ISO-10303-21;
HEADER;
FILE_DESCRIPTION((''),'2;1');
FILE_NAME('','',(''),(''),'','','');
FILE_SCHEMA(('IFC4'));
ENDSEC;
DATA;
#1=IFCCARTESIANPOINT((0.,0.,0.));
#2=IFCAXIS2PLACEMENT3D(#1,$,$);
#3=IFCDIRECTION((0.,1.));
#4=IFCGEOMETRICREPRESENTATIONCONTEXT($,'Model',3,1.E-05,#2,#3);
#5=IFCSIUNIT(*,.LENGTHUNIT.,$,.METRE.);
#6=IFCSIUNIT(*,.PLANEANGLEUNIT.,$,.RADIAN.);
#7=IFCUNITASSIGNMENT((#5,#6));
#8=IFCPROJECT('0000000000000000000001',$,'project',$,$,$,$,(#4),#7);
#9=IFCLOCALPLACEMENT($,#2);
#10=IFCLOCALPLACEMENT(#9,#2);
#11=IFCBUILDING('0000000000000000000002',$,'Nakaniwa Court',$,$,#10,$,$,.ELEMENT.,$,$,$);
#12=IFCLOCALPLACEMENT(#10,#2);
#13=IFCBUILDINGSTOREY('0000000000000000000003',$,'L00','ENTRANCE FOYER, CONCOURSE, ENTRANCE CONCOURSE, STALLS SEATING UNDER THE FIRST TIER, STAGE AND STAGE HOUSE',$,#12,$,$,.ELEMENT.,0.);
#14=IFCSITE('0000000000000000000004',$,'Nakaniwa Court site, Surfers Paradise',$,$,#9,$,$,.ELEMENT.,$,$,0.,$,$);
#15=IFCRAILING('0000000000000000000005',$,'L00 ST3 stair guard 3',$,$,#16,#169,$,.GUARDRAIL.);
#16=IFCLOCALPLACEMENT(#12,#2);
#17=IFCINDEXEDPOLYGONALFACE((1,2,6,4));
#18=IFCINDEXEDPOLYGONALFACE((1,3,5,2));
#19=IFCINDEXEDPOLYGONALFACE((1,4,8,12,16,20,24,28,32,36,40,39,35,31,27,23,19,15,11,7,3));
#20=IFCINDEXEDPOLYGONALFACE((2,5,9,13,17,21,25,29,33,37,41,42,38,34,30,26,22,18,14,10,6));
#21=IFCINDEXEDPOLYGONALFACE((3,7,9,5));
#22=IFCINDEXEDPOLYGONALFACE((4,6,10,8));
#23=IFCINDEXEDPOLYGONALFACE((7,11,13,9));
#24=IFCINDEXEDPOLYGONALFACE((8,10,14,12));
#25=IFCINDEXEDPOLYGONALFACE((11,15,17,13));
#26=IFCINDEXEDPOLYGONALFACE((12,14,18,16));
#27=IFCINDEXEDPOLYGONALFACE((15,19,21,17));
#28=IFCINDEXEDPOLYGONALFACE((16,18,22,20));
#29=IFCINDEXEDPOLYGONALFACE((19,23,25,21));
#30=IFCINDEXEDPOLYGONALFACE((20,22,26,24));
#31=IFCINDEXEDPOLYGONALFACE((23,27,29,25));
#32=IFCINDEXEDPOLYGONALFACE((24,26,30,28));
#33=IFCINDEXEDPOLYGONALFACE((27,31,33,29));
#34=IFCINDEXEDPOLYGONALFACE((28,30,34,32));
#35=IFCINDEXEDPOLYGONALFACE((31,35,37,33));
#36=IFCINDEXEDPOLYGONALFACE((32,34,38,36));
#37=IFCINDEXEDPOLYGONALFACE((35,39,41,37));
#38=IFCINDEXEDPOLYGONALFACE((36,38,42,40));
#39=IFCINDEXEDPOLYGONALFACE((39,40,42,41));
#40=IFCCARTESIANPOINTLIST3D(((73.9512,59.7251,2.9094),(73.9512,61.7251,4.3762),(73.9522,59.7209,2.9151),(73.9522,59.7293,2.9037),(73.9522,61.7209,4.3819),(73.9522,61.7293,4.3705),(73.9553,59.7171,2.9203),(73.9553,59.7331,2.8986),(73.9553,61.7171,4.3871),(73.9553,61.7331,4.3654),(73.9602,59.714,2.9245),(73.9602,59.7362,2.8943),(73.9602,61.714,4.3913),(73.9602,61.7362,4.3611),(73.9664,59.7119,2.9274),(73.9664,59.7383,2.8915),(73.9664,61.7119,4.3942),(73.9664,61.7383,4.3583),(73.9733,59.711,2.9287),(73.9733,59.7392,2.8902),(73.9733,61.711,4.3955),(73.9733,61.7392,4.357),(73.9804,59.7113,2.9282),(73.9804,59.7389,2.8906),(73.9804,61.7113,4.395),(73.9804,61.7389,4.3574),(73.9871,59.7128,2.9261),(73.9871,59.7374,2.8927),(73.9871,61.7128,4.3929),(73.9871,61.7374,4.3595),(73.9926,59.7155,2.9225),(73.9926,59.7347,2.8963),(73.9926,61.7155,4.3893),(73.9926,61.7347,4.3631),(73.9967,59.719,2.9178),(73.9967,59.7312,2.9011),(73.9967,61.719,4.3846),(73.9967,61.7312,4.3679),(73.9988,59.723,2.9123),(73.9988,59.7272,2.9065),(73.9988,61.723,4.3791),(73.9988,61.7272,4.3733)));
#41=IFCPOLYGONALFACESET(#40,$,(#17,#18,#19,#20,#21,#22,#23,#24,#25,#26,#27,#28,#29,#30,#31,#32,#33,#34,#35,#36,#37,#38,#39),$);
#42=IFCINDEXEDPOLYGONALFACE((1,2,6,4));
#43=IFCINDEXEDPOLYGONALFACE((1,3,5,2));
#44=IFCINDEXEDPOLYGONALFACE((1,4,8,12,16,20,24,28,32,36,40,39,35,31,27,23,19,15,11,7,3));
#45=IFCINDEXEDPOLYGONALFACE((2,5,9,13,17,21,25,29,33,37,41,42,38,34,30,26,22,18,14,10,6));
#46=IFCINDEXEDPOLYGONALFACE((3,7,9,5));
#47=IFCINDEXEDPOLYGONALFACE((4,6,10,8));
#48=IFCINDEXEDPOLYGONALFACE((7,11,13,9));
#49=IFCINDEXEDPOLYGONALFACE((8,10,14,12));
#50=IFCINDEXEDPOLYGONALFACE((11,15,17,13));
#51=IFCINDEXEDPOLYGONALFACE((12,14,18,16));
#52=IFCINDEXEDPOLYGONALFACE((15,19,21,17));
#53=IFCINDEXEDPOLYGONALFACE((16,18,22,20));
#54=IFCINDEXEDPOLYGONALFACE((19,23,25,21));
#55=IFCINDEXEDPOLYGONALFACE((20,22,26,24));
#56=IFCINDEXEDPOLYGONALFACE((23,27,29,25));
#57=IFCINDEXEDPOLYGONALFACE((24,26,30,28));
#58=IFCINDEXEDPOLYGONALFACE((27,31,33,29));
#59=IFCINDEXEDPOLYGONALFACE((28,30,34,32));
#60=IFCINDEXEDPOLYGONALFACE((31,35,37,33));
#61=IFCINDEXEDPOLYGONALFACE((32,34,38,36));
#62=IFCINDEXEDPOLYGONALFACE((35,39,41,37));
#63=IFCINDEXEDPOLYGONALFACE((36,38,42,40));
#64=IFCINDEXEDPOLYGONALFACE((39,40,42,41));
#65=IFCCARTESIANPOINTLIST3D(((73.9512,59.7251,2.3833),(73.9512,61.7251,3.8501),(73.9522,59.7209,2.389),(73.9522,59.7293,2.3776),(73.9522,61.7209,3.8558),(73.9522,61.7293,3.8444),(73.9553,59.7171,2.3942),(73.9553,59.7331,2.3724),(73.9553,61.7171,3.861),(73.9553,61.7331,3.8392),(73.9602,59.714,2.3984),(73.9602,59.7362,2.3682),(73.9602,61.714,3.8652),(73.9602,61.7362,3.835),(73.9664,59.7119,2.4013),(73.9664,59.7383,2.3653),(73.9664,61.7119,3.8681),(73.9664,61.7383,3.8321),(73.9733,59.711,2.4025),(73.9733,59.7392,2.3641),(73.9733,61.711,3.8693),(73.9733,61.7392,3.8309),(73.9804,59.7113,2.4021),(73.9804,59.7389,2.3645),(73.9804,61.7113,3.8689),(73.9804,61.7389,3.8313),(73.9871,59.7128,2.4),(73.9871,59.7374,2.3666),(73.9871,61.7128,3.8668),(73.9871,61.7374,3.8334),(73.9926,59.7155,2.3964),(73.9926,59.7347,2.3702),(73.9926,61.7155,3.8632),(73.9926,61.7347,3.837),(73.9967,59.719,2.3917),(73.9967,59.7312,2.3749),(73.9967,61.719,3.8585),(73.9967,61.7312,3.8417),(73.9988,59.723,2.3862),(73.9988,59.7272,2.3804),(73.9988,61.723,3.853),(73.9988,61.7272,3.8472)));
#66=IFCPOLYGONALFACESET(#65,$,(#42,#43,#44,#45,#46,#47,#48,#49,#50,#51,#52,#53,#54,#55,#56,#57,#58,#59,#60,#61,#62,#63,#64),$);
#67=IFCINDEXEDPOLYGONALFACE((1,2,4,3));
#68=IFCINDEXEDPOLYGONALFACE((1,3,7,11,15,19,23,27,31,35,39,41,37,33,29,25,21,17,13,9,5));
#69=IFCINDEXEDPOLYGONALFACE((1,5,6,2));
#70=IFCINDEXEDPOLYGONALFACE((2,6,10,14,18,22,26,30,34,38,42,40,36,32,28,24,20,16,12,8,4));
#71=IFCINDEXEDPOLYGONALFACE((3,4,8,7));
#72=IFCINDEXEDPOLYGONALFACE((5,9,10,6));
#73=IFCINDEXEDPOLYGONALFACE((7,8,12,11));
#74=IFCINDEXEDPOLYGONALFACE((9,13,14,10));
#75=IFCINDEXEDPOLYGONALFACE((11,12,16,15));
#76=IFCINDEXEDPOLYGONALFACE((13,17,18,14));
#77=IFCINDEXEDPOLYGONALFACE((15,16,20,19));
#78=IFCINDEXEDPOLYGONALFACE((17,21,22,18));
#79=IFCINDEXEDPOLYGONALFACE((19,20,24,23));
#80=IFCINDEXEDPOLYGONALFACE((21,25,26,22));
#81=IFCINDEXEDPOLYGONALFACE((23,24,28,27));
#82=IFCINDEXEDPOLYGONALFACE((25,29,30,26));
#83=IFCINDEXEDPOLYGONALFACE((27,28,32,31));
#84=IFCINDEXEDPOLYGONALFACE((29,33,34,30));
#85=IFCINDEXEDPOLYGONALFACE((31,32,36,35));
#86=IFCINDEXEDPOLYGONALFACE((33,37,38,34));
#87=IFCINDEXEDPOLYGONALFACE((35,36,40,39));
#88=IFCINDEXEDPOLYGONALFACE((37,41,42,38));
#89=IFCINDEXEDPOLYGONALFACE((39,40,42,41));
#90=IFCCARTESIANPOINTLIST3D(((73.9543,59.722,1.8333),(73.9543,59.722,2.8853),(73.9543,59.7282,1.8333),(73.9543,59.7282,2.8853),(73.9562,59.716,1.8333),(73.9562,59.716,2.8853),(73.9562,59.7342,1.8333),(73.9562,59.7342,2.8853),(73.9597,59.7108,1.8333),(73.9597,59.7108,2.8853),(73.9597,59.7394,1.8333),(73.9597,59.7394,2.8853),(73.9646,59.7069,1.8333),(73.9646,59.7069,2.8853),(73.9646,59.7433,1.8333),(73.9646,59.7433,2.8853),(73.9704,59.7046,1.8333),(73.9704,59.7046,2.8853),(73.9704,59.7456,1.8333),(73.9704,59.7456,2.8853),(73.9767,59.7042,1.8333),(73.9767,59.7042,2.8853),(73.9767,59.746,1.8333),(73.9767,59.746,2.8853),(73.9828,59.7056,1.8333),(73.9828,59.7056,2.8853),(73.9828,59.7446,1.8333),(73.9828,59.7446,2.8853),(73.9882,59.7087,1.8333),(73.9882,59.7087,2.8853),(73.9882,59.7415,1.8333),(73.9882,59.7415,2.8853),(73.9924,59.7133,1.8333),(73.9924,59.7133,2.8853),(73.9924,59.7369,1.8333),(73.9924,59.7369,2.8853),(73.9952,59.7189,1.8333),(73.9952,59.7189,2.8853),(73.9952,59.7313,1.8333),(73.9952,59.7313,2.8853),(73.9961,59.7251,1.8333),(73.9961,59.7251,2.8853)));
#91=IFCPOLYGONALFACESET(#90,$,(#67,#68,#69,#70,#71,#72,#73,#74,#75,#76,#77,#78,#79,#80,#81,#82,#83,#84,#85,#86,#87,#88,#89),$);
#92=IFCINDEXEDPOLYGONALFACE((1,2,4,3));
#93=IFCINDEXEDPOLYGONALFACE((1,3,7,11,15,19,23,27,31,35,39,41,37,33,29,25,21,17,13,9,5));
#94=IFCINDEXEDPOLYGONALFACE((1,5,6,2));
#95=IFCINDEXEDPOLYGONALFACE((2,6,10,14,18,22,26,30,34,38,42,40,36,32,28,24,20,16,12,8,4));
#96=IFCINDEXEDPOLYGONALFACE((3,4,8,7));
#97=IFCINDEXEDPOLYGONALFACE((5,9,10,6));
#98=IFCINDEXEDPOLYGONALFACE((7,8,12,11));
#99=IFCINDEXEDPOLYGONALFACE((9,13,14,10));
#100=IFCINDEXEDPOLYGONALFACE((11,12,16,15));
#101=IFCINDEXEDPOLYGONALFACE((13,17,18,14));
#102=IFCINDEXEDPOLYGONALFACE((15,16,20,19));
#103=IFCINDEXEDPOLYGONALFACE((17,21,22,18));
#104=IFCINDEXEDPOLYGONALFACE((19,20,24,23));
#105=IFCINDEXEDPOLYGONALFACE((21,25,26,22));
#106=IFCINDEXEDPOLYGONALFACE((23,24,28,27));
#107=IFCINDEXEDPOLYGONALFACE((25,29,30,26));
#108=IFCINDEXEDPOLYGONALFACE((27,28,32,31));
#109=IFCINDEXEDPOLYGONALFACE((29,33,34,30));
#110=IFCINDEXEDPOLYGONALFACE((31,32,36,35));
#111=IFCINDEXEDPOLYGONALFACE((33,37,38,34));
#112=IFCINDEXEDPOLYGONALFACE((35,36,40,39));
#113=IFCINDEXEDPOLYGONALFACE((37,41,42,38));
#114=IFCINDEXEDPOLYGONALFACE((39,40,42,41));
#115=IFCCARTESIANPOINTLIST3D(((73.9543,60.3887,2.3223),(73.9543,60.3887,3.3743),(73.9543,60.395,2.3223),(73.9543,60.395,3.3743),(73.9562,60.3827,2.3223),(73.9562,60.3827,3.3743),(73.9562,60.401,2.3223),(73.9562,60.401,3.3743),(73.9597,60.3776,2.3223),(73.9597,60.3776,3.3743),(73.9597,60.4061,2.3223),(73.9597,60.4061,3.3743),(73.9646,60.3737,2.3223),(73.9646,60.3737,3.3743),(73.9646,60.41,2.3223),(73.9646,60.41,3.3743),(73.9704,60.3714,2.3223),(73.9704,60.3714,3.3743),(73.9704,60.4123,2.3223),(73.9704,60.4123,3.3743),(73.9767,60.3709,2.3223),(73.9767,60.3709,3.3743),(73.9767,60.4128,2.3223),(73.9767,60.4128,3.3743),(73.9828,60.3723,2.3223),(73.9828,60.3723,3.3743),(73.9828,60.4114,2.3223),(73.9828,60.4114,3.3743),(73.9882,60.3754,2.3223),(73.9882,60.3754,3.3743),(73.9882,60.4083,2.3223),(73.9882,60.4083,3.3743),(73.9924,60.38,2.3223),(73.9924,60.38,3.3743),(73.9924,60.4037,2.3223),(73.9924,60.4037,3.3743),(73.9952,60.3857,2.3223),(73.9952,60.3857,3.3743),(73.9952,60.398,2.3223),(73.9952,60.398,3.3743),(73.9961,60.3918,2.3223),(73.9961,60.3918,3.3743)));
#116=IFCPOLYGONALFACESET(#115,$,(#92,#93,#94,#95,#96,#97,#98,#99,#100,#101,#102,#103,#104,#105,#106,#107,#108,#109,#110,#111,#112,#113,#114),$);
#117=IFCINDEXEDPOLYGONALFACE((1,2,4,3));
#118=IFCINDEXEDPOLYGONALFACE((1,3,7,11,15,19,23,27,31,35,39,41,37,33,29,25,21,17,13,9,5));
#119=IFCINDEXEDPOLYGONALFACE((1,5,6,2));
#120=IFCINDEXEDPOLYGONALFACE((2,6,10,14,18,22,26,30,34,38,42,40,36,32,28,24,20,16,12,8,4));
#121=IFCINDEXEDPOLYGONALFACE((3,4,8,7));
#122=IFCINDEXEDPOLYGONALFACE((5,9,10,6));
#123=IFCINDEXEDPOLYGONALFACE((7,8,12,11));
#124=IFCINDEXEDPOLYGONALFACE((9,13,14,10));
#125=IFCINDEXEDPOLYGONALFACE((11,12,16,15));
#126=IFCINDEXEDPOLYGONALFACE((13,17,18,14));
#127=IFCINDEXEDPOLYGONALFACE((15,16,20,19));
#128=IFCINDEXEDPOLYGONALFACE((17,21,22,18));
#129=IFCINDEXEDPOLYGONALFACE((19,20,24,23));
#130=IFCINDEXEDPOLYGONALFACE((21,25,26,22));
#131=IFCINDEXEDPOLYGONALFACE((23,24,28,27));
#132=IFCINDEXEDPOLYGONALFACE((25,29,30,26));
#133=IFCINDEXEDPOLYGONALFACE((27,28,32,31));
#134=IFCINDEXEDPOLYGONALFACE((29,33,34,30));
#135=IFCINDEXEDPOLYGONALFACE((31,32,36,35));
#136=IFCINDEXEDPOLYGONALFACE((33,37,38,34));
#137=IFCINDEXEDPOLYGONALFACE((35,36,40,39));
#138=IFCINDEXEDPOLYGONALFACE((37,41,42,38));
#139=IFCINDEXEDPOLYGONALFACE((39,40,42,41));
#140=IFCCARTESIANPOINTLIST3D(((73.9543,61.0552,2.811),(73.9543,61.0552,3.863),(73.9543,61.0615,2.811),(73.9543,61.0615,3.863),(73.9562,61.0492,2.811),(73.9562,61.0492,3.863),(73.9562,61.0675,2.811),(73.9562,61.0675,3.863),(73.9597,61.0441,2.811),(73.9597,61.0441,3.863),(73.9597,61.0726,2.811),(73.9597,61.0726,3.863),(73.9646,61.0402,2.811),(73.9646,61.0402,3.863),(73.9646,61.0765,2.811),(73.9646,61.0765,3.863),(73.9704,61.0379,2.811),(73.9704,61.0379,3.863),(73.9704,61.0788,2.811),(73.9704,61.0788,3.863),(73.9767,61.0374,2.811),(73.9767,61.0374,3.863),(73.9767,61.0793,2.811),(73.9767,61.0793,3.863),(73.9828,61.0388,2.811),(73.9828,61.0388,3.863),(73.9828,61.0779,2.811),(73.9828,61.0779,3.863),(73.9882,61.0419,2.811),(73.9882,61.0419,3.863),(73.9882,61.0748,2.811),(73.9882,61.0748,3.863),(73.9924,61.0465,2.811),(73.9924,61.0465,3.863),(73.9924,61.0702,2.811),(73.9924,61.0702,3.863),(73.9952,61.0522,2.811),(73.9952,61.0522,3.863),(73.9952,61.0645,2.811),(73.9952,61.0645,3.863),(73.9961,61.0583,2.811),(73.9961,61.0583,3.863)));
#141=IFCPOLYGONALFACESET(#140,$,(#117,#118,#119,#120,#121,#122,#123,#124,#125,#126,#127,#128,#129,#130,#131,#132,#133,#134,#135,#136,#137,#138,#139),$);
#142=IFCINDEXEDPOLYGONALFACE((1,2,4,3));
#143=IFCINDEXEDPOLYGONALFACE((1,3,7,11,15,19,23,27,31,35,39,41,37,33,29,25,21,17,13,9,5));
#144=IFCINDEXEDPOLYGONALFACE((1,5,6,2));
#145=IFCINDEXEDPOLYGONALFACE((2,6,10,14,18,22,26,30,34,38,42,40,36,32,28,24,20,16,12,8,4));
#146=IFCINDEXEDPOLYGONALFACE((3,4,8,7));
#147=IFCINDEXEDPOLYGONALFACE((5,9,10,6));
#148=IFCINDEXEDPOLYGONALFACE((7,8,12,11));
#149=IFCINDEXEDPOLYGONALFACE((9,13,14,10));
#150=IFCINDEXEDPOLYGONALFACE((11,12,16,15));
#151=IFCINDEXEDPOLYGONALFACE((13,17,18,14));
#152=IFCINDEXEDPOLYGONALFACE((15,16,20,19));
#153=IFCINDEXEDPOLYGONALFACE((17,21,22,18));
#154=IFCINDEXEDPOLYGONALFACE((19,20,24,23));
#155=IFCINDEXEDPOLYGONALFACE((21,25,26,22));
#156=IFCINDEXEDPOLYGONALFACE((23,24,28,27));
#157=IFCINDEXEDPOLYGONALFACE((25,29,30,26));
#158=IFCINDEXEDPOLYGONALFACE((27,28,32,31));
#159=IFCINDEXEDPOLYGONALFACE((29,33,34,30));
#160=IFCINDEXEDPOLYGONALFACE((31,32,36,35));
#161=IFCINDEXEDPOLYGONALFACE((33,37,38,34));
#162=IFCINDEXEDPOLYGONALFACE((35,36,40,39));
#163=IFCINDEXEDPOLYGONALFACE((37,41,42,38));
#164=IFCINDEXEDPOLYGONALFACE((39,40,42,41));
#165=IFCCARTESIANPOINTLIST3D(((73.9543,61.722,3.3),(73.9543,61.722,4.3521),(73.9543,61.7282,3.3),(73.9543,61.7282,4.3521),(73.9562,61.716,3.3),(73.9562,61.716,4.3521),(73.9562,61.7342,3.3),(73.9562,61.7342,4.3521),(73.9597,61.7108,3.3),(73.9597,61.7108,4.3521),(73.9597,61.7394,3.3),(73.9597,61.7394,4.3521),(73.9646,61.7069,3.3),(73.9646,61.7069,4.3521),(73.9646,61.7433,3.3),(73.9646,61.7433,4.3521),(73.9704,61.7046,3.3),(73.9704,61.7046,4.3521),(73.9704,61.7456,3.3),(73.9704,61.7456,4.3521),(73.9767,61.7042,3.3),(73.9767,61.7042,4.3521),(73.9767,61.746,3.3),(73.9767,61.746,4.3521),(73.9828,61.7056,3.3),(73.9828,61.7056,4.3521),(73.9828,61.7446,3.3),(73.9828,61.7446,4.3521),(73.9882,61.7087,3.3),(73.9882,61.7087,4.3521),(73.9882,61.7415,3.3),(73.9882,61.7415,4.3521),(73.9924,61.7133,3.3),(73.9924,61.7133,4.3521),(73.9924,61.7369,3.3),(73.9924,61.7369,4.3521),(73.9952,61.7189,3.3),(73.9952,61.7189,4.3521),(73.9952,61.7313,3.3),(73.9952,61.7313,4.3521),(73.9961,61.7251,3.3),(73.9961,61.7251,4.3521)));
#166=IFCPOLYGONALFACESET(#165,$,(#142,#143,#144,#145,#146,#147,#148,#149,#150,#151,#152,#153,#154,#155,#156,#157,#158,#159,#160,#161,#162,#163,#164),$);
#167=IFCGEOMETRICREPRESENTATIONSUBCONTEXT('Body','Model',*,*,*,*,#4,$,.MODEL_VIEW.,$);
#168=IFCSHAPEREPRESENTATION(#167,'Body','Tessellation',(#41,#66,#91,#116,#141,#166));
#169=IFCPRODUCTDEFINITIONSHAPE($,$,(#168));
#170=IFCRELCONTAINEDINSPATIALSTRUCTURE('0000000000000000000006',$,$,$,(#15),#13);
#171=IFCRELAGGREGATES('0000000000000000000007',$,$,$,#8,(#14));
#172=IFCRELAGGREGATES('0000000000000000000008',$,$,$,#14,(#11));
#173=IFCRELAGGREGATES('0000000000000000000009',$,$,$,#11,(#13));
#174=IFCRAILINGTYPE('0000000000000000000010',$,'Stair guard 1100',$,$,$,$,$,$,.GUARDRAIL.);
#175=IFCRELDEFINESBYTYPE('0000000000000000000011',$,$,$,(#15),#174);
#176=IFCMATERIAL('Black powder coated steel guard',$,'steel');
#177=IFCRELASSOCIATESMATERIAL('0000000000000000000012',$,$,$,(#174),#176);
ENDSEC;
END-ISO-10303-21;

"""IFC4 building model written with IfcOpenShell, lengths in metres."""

from ifc_helpers import new_model, si_unit, direction, frame, origin, origin_2d, place, context, subcontext, project, spatial, circle, extrude, material, type_object, element, save


model = new_model("IFC4")

# Units and contexts
model_context = context("Model", 3, precision=1e-05, world=origin(), true_north=direction((0.0, 1.0)))
body_context = subcontext(model_context, "Body", "Model", "MODEL_VIEW")
ifc_project = project(units=[si_unit("LENGTHUNIT", "METRE"), si_unit("PLANEANGLEUNIT", "RADIAN")], contexts=[model_context])

# Site, building, storey
site_placement = place(None, origin())
site = spatial("IfcSite", under=ifc_project, at=site_placement, Name="Nakaniwa Court site, Surfers Paradise", CompositionType="ELEMENT", RefElevation=0.0)
building_placement = place(site_placement, origin())
building = spatial("IfcBuilding", under=site, at=building_placement, Name="Nakaniwa Court", CompositionType="ELEMENT")
storey_placement = place(building_placement, origin())
storey = spatial("IfcBuildingStorey", under=building, at=storey_placement, Name="L00", Description="ENTRANCE FOYER, CONCOURSE, ENTRANCE CONCOURSE, STALLS SEATING UNDER THE FIRST TIER, STAGE AND STAGE HOUSE", CompositionType="ELEMENT", Elevation=0.0)

# Railing
ifc_material_1 = material(Name="Black powder coated steel guard", Category="steel")
railing_type_1 = type_object("IfcRailingType", Name="Stair guard 1100", PredefinedType="GUARDRAIL", material=ifc_material_1)
for number, where, name in (
    (1, (73.9751, 59.7251, 1.8333), "L00 ST3 stair guard 3"),
):
    element("IfcRailing", number, at=place(storey_placement, frame(where)), inside=storey, type_object=railing_type_1, Name=name, PredefinedType="GUARDRAIL", context=body_context, shape_type="SweptSolid", body=[
        extrude(circle(Radius=0.0239, at=origin_2d()), frame((0.0, 0.0, 1.0762), z_axis=(0.0, 0.80638, 0.591398), x_axis=(-1.0, 0.0, 0.0)), (0.0, 0.0, 1.0), 2.4802),
        extrude(circle(Radius=0.0239, at=origin_2d()), frame((0.0, 0.0, 0.55), z_axis=(0.0, 0.80638, 0.591398), x_axis=(-1.0, 0.0, 0.0)), (0.0, 0.0, 1.0), 2.4802),
        extrude(circle(Radius=0.021, at=origin_2d()), origin(), (0.0, 0.0, 1.0), 1.052),
        extrude(circle(Radius=0.021, at=origin_2d()), frame((0.0, 0.6667, 0.489)), (0.0, 0.0, 1.0), 1.052),
        extrude(circle(Radius=0.021, at=origin_2d()), frame((0.0, 1.3333, 0.9778)), (0.0, 0.0, 1.0), 1.052),
        extrude(circle(Radius=0.021, at=origin_2d()), frame((0.0, 2.0, 1.4668)), (0.0, 0.0, 1.0), 1.052),
    ])

save(model, "model.ifc")
